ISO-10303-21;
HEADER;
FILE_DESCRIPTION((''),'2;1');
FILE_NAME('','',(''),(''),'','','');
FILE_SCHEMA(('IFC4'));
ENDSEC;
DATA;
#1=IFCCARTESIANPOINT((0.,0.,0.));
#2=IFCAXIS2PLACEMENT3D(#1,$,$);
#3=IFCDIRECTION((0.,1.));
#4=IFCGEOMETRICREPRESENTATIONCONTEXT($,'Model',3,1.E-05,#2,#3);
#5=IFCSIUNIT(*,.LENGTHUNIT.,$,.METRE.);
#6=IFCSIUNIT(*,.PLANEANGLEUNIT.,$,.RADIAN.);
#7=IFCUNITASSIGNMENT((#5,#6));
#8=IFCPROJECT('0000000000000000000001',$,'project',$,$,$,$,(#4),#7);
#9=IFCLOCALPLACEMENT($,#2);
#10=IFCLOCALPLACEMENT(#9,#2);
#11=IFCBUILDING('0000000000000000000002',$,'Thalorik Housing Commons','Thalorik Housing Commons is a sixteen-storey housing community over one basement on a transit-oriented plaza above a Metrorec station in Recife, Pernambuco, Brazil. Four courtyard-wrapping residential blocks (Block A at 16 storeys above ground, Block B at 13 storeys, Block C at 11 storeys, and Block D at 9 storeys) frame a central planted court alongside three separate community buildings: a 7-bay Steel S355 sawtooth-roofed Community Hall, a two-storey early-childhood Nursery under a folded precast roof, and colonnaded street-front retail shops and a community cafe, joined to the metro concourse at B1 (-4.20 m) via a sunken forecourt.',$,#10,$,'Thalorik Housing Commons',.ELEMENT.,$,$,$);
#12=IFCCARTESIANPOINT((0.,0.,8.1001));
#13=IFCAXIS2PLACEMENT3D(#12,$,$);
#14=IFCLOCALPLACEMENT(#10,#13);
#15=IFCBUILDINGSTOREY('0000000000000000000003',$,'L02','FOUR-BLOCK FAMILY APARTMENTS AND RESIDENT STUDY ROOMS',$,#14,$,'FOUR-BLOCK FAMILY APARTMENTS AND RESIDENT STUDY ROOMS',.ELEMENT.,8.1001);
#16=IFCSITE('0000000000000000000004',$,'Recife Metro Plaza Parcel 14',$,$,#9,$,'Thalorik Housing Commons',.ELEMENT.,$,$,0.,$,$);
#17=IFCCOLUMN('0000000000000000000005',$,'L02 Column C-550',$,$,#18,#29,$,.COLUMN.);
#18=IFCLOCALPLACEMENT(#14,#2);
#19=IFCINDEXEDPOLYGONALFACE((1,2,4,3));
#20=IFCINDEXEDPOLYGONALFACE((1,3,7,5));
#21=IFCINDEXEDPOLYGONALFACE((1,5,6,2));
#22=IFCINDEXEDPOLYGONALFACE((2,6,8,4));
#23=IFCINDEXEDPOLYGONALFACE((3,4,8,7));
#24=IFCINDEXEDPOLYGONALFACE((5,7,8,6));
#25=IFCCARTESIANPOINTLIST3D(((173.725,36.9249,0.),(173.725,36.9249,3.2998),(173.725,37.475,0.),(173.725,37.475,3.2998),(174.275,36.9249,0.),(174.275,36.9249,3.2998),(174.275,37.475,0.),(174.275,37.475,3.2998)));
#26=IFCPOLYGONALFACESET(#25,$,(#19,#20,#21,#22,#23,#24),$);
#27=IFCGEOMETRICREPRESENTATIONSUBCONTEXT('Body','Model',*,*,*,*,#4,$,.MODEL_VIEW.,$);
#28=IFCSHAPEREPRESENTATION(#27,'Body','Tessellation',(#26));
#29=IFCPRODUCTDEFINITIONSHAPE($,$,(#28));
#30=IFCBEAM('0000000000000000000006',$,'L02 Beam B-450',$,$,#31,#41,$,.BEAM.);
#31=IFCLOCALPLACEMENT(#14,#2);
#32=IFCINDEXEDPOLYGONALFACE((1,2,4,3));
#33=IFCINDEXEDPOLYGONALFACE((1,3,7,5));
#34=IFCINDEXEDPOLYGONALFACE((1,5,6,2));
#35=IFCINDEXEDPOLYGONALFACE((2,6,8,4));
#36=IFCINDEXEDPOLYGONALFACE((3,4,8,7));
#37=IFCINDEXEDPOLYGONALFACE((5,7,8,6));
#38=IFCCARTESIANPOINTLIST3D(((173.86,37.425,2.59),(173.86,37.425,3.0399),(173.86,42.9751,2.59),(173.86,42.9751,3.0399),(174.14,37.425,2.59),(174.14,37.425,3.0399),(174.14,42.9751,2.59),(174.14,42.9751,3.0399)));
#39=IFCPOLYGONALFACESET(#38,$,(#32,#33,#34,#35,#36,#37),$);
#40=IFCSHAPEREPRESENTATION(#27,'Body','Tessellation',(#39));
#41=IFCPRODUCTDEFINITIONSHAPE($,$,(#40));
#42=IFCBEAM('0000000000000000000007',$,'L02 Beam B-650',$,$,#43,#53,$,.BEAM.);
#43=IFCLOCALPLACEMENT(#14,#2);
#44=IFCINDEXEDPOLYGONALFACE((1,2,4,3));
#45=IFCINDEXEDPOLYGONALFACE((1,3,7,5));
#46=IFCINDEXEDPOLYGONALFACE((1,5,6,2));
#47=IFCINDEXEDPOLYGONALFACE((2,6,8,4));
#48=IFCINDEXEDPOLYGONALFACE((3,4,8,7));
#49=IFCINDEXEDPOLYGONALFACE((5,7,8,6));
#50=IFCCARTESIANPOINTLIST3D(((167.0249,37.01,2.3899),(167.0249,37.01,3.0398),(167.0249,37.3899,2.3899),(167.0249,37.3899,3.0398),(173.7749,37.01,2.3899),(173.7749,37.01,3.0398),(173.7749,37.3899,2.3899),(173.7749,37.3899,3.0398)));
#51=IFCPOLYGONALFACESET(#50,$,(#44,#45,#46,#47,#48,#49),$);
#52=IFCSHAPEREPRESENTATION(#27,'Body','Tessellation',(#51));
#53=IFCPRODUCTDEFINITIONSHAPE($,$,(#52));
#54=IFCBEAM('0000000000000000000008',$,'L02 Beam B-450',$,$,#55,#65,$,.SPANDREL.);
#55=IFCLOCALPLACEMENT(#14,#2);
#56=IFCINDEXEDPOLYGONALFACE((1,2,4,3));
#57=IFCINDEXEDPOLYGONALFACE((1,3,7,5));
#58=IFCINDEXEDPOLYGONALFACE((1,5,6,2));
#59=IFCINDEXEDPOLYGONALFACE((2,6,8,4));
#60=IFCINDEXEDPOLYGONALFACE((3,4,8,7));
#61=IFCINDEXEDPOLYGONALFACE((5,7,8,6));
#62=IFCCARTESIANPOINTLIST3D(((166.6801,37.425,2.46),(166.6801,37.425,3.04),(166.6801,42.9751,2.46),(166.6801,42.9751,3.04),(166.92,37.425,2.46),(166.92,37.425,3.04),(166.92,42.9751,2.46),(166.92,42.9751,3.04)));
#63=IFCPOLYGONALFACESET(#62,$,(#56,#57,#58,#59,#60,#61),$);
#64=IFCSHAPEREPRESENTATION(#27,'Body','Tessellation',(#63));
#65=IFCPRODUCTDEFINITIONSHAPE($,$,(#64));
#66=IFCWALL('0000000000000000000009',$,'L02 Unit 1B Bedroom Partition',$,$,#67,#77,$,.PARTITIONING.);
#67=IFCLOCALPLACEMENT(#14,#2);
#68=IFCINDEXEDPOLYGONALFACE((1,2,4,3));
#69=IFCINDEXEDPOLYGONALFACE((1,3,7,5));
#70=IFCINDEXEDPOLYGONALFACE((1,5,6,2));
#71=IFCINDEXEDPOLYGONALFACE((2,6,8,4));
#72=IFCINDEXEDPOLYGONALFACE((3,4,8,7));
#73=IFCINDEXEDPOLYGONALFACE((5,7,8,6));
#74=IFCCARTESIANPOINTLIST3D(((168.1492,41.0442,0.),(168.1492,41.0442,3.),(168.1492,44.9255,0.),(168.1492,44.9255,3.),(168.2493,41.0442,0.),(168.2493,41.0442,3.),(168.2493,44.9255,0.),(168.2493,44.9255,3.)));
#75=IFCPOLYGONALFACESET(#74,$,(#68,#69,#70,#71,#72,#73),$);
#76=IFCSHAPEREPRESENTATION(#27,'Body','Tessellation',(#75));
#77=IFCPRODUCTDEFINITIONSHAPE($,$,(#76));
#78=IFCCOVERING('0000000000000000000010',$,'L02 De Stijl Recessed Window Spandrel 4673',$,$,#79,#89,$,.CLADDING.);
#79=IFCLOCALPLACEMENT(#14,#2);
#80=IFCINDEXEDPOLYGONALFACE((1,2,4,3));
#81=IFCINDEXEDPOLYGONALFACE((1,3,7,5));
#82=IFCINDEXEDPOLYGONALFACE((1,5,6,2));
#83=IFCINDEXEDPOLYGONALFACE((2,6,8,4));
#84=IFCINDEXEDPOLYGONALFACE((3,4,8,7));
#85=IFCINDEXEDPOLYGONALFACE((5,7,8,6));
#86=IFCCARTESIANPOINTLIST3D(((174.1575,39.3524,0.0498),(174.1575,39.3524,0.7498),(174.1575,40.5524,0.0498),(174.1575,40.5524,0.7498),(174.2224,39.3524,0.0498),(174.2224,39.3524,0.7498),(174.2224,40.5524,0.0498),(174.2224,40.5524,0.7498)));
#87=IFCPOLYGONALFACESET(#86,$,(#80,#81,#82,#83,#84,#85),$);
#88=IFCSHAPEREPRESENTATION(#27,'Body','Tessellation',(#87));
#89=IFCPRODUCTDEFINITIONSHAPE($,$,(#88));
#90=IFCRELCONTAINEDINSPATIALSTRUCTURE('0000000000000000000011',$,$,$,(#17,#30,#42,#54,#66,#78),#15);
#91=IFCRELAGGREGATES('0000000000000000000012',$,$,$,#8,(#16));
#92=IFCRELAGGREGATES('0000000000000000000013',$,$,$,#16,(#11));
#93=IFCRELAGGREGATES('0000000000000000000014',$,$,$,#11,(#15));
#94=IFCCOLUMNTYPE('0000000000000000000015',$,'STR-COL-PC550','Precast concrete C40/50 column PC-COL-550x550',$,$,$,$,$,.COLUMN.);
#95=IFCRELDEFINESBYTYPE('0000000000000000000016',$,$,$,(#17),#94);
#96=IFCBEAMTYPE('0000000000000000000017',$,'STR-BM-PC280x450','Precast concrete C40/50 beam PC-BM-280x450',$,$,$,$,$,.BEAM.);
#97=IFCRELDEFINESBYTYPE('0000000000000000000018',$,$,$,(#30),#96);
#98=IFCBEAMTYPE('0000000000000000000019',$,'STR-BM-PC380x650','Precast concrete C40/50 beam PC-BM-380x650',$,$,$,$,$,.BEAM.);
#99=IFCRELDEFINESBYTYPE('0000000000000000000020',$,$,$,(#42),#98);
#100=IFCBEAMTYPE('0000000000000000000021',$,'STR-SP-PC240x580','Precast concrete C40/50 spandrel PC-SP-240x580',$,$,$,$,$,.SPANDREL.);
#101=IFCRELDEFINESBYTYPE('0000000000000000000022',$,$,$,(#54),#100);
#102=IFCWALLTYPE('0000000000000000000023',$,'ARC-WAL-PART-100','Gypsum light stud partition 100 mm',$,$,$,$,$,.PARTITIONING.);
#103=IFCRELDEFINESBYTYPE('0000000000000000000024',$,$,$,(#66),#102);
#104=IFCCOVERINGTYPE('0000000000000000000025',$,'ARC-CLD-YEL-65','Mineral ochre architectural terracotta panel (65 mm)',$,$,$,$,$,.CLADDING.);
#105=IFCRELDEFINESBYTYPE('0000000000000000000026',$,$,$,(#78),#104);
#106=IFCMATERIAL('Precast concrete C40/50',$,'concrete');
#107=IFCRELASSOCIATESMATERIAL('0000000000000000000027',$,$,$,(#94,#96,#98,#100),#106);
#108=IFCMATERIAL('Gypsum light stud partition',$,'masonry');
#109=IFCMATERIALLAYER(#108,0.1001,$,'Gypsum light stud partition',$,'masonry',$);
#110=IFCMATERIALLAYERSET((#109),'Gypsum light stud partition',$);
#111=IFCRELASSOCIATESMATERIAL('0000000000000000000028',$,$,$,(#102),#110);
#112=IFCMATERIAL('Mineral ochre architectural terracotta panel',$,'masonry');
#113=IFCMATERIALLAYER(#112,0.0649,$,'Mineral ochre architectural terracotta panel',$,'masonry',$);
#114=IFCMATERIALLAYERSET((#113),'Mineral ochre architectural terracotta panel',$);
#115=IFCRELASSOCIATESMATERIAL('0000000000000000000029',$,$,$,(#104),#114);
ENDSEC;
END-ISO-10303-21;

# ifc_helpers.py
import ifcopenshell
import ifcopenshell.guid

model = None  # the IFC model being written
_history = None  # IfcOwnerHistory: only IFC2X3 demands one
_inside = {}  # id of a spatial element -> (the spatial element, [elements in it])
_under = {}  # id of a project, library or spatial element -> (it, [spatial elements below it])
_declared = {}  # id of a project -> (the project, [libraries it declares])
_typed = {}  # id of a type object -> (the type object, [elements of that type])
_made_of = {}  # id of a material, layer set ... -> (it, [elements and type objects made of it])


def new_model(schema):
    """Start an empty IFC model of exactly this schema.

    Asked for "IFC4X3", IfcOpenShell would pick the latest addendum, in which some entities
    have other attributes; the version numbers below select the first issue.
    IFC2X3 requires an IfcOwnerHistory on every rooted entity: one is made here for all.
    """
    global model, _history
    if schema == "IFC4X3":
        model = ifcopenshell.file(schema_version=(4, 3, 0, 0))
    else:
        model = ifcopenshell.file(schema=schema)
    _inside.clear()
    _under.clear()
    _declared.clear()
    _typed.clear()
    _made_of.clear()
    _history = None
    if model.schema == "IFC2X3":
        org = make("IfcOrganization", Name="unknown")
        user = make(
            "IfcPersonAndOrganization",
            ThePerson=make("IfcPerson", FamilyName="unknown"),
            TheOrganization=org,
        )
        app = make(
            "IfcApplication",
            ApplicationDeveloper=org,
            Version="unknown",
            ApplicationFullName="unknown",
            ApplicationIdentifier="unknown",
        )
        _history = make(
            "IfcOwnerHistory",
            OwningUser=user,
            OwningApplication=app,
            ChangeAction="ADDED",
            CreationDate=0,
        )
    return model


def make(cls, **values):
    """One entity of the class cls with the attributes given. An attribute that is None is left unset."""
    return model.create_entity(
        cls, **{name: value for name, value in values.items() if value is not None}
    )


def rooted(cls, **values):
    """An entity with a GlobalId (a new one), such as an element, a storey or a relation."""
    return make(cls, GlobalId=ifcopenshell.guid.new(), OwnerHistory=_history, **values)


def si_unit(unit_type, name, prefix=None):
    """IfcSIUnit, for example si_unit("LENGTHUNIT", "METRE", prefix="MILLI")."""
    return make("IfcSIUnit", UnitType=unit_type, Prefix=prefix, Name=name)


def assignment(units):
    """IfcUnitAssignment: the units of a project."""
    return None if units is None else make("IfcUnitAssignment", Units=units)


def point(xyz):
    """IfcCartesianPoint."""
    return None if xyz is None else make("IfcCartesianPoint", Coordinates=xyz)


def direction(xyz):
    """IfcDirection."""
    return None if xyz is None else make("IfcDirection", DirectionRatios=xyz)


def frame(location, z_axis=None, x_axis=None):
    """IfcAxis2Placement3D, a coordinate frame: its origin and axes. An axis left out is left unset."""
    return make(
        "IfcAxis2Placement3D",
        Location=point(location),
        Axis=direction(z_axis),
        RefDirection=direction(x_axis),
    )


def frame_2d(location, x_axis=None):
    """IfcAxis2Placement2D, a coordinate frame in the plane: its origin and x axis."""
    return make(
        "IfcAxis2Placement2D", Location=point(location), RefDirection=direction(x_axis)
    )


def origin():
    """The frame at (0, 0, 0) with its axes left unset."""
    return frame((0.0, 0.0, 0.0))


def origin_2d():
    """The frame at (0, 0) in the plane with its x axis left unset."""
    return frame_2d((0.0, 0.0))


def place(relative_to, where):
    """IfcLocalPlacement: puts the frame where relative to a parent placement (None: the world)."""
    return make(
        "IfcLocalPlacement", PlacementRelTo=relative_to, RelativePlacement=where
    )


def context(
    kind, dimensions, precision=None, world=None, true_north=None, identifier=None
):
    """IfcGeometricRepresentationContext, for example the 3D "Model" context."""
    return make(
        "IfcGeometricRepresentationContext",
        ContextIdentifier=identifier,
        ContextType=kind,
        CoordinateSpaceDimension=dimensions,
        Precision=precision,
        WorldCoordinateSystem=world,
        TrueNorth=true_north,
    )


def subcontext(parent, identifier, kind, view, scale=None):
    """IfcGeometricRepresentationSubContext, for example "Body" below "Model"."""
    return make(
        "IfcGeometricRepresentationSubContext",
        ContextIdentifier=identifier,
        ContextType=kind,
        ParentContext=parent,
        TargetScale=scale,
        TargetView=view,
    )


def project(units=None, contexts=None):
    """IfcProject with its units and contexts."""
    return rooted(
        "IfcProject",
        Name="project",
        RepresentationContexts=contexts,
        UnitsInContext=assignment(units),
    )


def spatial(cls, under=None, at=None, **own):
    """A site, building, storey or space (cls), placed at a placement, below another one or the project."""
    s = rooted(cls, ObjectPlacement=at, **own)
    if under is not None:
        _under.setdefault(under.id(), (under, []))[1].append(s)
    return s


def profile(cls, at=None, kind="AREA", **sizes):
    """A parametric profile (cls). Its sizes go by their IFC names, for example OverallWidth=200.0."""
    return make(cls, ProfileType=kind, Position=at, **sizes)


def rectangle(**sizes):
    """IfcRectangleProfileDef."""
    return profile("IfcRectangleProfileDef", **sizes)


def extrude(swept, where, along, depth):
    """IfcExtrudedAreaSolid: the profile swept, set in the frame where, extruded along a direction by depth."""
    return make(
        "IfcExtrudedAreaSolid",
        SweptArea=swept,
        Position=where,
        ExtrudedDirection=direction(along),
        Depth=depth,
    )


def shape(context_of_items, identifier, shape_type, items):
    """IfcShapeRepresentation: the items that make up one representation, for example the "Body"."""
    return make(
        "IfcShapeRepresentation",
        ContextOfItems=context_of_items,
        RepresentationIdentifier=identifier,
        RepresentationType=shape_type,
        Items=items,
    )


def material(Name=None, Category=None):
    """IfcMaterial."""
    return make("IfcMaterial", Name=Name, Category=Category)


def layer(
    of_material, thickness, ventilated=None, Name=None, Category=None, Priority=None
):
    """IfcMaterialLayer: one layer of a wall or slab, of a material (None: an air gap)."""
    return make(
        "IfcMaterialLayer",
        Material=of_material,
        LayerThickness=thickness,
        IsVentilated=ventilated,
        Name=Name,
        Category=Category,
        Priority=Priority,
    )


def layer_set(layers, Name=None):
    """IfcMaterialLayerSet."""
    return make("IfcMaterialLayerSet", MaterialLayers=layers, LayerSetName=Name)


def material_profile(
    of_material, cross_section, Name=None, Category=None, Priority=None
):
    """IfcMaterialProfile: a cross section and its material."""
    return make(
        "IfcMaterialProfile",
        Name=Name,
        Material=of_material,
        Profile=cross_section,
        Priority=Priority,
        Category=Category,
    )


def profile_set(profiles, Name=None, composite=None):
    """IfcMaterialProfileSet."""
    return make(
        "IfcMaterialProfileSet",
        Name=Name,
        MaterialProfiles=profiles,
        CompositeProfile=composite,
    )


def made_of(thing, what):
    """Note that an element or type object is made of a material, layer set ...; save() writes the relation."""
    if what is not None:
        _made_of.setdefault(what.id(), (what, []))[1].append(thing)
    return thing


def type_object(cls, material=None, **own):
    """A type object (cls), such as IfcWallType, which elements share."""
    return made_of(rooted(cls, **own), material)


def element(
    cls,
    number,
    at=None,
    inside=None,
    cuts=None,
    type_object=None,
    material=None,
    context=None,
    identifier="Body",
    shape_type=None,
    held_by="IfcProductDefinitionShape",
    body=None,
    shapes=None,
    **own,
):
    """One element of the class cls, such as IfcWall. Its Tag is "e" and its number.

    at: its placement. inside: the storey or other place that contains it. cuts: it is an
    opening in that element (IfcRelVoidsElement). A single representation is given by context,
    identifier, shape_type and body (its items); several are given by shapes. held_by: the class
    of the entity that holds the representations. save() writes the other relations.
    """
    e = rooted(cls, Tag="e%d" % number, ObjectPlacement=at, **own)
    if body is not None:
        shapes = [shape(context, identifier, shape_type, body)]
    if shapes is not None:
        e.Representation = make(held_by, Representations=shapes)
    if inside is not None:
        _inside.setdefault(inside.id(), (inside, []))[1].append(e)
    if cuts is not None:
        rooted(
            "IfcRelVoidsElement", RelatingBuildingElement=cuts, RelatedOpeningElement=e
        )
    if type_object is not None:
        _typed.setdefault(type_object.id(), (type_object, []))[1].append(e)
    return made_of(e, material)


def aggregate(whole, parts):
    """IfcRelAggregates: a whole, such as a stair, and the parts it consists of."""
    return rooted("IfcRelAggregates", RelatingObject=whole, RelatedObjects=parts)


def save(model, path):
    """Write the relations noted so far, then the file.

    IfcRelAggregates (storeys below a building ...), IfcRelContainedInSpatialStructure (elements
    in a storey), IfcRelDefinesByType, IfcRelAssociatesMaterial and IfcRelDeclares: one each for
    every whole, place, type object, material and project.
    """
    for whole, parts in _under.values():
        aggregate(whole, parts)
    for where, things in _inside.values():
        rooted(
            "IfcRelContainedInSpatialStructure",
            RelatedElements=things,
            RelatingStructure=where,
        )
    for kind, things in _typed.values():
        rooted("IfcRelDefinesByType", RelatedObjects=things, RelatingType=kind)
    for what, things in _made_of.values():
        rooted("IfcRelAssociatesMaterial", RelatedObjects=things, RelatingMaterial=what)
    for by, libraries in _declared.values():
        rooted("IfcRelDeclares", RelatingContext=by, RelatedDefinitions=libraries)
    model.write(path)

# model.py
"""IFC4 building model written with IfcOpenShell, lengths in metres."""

from ifc_helpers import new_model, si_unit, direction, frame, frame_2d, origin, origin_2d, place, context, subcontext, project, spatial, rectangle, extrude, material, layer, layer_set, material_profile, profile_set, type_object, element, save


model = new_model("IFC4")

# Units and contexts
model_context = context("Model", 3, precision=1e-05, world=origin(), true_north=direction((0.0, 1.0)))
body_context = subcontext(model_context, "Body", "Model", "MODEL_VIEW")
ifc_project = project(units=[si_unit("LENGTHUNIT", "METRE"), si_unit("PLANEANGLEUNIT", "RADIAN")], contexts=[model_context])

# Site, building, storey
site_placement = place(None, origin())
site = spatial("IfcSite", under=ifc_project, at=site_placement, Name="Recife Metro Plaza Parcel 14", LongName="Thalorik Housing Commons", CompositionType="ELEMENT", RefElevation=0.0)
building_placement = place(site_placement, origin())
building = spatial("IfcBuilding", under=site, at=building_placement, Name="Thalorik Housing Commons", Description="Thalorik Housing Commons is a sixteen-storey housing community over one basement on a transit-oriented plaza above a Metrorec station in Recife, Pernambuco, Brazil. Four courtyard-wrapping residential blocks (Block A at 16 storeys above ground, Block B at 13 storeys, Block C at 11 storeys, and Block D at 9 storeys) frame a central planted court alongside three separate community buildings: a 7-bay Steel S355 sawtooth-roofed Community Hall, a two-storey early-childhood Nursery under a folded precast roof, and colonnaded street-front retail shops and a community cafe, joined to the metro concourse at B1 (-4.20 m) via a sunken forecourt.", LongName="Thalorik Housing Commons", CompositionType="ELEMENT")
storey_placement = place(building_placement, frame((0.0, 0.0, 8.1001)))
storey = spatial("IfcBuildingStorey", under=building, at=storey_placement, Name="L02", Description="FOUR-BLOCK FAMILY APARTMENTS AND RESIDENT STUDY ROOMS", LongName="FOUR-BLOCK FAMILY APARTMENTS AND RESIDENT STUDY ROOMS", CompositionType="ELEMENT", Elevation=8.1001)

# Column
ifc_material_1 = material(Name="Precast concrete C40/50", Category="concrete")
ifc_material_profile_1 = material_profile(ifc_material_1, rectangle(XDim=0.55, YDim=0.55, at=origin_2d()), Name="PC 550x550", Category="concrete")
ifc_profile_set_1 = profile_set([ifc_material_profile_1], Name="Precast concrete C40/50")
column_type = type_object("IfcColumnType", Name="STR-COL-PC550", Description="Precast concrete C40/50 column PC-COL-550x550", PredefinedType="COLUMN", material=ifc_profile_set_1)
column_placement = place(storey_placement, frame((174.0, 37.2, 0.0), z_axis=(0.0, 0.0, 1.0), x_axis=(1.0, 0.0, 0.0)))
element("IfcColumn", 1, at=column_placement, inside=storey, type_object=column_type, Name="L02 Column C-550", PredefinedType="COLUMN", context=body_context, shape_type="SweptSolid", body=[
    extrude(rectangle(XDim=0.55, YDim=0.55, at=origin_2d()), origin(), (0.0, 0.0, 1.0), 3.2998),
])

# Beams
ifc_material_profile_2 = material_profile(ifc_material_1, rectangle(XDim=0.28, YDim=0.45, at=origin_2d()), Name="PC 280x450", Category="concrete")
ifc_profile_set_2 = profile_set([ifc_material_profile_2], Name="Precast concrete C40/50")
beam_type_1 = type_object("IfcBeamType", Name="STR-BM-PC280x450", Description="Precast concrete C40/50 beam PC-BM-280x450", PredefinedType="BEAM", material=ifc_profile_set_2)
beam_1_placement = place(storey_placement, frame((174.0, 37.425, 2.8149), z_axis=(0.0, 1.0, 0.0), x_axis=(-1.0, 0.0, 0.0)))
element("IfcBeam", 2, at=beam_1_placement, inside=storey, type_object=beam_type_1, Name="L02 Beam B-450", PredefinedType="BEAM", context=body_context, shape_type="SweptSolid", body=[
    extrude(rectangle(XDim=0.28, YDim=0.45, at=origin_2d()), origin(), (0.0, 0.0, 1.0), 5.55),
])
ifc_material_profile_3 = material_profile(ifc_material_1, rectangle(XDim=0.3799, YDim=0.6499, at=origin_2d()), Name="PC 380x650", Category="concrete")
ifc_profile_set_3 = profile_set([ifc_material_profile_3], Name="Precast concrete C40/50")
beam_type_2 = type_object("IfcBeamType", Name="STR-BM-PC380x650", Description="Precast concrete C40/50 beam PC-BM-380x650", PredefinedType="BEAM", material=ifc_profile_set_3)
beam_2_placement = place(storey_placement, frame((167.0249, 37.2, 2.7148), z_axis=(1.0, 0.0, 0.0), x_axis=(0.0, 1.0, 0.0)))
element("IfcBeam", 3, at=beam_2_placement, inside=storey, type_object=beam_type_2, Name="L02 Beam B-650", PredefinedType="BEAM", context=body_context, shape_type="SweptSolid", body=[
    extrude(rectangle(XDim=0.3799, YDim=0.6499, at=origin_2d()), origin(), (0.0, 0.0, 1.0), 6.75),
])
ifc_material_profile_4 = material_profile(ifc_material_1, rectangle(XDim=0.24, YDim=0.5801, at=origin_2d()), Name="PC SP 240x580", Category="concrete")
ifc_profile_set_4 = profile_set([ifc_material_profile_4], Name="Precast concrete C40/50")
beam_type_3 = type_object("IfcBeamType", Name="STR-SP-PC240x580", Description="Precast concrete C40/50 spandrel PC-SP-240x580", PredefinedType="SPANDREL", material=ifc_profile_set_4)
beam_3_placement = place(storey_placement, frame((166.8, 37.425, 2.75), z_axis=(0.0, 1.0, 0.0), x_axis=(-1.0, 0.0, 0.0)))
element("IfcBeam", 4, at=beam_3_placement, inside=storey, type_object=beam_type_3, Name="L02 Beam B-450", PredefinedType="SPANDREL", context=body_context, shape_type="SweptSolid", body=[
    extrude(rectangle(XDim=0.24, YDim=0.5801, at=origin_2d()), origin(), (0.0, 0.0, 1.0), 5.55),
])

# Wall
ifc_material_2 = material(Name="Gypsum light stud partition", Category="masonry")
ifc_layer_1 = layer(ifc_material_2, 0.1001, Name="Gypsum light stud partition", Category="masonry")
ifc_layer_set_1 = layer_set([ifc_layer_1], Name="Gypsum light stud partition")
wall_type_1 = type_object("IfcWallType", Name="ARC-WAL-PART-100", Description="Gypsum light stud partition 100 mm", PredefinedType="PARTITIONING", material=ifc_layer_set_1)
wall_1_placement = place(storey_placement, frame((168.1992, 41.0442, 0.0), z_axis=(0.0, 0.0, 1.0), x_axis=(0.0, 1.0, 0.0)))
element("IfcWall", 5, at=wall_1_placement, inside=storey, type_object=wall_type_1, Name="L02 Unit 1B Bedroom Partition", PredefinedType="PARTITIONING", context=body_context, shape_type="SweptSolid", body=[
    extrude(rectangle(XDim=3.8813, YDim=0.1001, at=frame_2d((1.9407, 0.0))), origin(), (0.0, 0.0, 1.0), 3.0),
])

# Covering
ifc_material_3 = material(Name="Mineral ochre architectural terracotta panel", Category="masonry")
ifc_layer_2 = layer(ifc_material_3, 0.0649, Name="Mineral ochre architectural terracotta panel", Category="masonry")
ifc_layer_set_2 = layer_set([ifc_layer_2], Name="Mineral ochre architectural terracotta panel")
covering_type_1 = type_object("IfcCoveringType", Name="ARC-CLD-YEL-65", Description="Mineral ochre architectural terracotta panel (65 mm)", PredefinedType="CLADDING", material=ifc_layer_set_2)
covering_1_placement = place(storey_placement, frame((174.1899, 39.9524, 0.0498), z_axis=(0.0, 0.0, 1.0), x_axis=(0.0, 1.0, 0.0)))
element("IfcCovering", 6, at=covering_1_placement, inside=storey, type_object=covering_type_1, Name="L02 De Stijl Recessed Window Spandrel 4673", PredefinedType="CLADDING", context=body_context, shape_type="SweptSolid", body=[
    extrude(rectangle(XDim=1.2, YDim=0.0649, at=origin_2d()), origin(), (0.0, 0.0, 1.0), 0.7),
])

save(model, "model.ifc")
